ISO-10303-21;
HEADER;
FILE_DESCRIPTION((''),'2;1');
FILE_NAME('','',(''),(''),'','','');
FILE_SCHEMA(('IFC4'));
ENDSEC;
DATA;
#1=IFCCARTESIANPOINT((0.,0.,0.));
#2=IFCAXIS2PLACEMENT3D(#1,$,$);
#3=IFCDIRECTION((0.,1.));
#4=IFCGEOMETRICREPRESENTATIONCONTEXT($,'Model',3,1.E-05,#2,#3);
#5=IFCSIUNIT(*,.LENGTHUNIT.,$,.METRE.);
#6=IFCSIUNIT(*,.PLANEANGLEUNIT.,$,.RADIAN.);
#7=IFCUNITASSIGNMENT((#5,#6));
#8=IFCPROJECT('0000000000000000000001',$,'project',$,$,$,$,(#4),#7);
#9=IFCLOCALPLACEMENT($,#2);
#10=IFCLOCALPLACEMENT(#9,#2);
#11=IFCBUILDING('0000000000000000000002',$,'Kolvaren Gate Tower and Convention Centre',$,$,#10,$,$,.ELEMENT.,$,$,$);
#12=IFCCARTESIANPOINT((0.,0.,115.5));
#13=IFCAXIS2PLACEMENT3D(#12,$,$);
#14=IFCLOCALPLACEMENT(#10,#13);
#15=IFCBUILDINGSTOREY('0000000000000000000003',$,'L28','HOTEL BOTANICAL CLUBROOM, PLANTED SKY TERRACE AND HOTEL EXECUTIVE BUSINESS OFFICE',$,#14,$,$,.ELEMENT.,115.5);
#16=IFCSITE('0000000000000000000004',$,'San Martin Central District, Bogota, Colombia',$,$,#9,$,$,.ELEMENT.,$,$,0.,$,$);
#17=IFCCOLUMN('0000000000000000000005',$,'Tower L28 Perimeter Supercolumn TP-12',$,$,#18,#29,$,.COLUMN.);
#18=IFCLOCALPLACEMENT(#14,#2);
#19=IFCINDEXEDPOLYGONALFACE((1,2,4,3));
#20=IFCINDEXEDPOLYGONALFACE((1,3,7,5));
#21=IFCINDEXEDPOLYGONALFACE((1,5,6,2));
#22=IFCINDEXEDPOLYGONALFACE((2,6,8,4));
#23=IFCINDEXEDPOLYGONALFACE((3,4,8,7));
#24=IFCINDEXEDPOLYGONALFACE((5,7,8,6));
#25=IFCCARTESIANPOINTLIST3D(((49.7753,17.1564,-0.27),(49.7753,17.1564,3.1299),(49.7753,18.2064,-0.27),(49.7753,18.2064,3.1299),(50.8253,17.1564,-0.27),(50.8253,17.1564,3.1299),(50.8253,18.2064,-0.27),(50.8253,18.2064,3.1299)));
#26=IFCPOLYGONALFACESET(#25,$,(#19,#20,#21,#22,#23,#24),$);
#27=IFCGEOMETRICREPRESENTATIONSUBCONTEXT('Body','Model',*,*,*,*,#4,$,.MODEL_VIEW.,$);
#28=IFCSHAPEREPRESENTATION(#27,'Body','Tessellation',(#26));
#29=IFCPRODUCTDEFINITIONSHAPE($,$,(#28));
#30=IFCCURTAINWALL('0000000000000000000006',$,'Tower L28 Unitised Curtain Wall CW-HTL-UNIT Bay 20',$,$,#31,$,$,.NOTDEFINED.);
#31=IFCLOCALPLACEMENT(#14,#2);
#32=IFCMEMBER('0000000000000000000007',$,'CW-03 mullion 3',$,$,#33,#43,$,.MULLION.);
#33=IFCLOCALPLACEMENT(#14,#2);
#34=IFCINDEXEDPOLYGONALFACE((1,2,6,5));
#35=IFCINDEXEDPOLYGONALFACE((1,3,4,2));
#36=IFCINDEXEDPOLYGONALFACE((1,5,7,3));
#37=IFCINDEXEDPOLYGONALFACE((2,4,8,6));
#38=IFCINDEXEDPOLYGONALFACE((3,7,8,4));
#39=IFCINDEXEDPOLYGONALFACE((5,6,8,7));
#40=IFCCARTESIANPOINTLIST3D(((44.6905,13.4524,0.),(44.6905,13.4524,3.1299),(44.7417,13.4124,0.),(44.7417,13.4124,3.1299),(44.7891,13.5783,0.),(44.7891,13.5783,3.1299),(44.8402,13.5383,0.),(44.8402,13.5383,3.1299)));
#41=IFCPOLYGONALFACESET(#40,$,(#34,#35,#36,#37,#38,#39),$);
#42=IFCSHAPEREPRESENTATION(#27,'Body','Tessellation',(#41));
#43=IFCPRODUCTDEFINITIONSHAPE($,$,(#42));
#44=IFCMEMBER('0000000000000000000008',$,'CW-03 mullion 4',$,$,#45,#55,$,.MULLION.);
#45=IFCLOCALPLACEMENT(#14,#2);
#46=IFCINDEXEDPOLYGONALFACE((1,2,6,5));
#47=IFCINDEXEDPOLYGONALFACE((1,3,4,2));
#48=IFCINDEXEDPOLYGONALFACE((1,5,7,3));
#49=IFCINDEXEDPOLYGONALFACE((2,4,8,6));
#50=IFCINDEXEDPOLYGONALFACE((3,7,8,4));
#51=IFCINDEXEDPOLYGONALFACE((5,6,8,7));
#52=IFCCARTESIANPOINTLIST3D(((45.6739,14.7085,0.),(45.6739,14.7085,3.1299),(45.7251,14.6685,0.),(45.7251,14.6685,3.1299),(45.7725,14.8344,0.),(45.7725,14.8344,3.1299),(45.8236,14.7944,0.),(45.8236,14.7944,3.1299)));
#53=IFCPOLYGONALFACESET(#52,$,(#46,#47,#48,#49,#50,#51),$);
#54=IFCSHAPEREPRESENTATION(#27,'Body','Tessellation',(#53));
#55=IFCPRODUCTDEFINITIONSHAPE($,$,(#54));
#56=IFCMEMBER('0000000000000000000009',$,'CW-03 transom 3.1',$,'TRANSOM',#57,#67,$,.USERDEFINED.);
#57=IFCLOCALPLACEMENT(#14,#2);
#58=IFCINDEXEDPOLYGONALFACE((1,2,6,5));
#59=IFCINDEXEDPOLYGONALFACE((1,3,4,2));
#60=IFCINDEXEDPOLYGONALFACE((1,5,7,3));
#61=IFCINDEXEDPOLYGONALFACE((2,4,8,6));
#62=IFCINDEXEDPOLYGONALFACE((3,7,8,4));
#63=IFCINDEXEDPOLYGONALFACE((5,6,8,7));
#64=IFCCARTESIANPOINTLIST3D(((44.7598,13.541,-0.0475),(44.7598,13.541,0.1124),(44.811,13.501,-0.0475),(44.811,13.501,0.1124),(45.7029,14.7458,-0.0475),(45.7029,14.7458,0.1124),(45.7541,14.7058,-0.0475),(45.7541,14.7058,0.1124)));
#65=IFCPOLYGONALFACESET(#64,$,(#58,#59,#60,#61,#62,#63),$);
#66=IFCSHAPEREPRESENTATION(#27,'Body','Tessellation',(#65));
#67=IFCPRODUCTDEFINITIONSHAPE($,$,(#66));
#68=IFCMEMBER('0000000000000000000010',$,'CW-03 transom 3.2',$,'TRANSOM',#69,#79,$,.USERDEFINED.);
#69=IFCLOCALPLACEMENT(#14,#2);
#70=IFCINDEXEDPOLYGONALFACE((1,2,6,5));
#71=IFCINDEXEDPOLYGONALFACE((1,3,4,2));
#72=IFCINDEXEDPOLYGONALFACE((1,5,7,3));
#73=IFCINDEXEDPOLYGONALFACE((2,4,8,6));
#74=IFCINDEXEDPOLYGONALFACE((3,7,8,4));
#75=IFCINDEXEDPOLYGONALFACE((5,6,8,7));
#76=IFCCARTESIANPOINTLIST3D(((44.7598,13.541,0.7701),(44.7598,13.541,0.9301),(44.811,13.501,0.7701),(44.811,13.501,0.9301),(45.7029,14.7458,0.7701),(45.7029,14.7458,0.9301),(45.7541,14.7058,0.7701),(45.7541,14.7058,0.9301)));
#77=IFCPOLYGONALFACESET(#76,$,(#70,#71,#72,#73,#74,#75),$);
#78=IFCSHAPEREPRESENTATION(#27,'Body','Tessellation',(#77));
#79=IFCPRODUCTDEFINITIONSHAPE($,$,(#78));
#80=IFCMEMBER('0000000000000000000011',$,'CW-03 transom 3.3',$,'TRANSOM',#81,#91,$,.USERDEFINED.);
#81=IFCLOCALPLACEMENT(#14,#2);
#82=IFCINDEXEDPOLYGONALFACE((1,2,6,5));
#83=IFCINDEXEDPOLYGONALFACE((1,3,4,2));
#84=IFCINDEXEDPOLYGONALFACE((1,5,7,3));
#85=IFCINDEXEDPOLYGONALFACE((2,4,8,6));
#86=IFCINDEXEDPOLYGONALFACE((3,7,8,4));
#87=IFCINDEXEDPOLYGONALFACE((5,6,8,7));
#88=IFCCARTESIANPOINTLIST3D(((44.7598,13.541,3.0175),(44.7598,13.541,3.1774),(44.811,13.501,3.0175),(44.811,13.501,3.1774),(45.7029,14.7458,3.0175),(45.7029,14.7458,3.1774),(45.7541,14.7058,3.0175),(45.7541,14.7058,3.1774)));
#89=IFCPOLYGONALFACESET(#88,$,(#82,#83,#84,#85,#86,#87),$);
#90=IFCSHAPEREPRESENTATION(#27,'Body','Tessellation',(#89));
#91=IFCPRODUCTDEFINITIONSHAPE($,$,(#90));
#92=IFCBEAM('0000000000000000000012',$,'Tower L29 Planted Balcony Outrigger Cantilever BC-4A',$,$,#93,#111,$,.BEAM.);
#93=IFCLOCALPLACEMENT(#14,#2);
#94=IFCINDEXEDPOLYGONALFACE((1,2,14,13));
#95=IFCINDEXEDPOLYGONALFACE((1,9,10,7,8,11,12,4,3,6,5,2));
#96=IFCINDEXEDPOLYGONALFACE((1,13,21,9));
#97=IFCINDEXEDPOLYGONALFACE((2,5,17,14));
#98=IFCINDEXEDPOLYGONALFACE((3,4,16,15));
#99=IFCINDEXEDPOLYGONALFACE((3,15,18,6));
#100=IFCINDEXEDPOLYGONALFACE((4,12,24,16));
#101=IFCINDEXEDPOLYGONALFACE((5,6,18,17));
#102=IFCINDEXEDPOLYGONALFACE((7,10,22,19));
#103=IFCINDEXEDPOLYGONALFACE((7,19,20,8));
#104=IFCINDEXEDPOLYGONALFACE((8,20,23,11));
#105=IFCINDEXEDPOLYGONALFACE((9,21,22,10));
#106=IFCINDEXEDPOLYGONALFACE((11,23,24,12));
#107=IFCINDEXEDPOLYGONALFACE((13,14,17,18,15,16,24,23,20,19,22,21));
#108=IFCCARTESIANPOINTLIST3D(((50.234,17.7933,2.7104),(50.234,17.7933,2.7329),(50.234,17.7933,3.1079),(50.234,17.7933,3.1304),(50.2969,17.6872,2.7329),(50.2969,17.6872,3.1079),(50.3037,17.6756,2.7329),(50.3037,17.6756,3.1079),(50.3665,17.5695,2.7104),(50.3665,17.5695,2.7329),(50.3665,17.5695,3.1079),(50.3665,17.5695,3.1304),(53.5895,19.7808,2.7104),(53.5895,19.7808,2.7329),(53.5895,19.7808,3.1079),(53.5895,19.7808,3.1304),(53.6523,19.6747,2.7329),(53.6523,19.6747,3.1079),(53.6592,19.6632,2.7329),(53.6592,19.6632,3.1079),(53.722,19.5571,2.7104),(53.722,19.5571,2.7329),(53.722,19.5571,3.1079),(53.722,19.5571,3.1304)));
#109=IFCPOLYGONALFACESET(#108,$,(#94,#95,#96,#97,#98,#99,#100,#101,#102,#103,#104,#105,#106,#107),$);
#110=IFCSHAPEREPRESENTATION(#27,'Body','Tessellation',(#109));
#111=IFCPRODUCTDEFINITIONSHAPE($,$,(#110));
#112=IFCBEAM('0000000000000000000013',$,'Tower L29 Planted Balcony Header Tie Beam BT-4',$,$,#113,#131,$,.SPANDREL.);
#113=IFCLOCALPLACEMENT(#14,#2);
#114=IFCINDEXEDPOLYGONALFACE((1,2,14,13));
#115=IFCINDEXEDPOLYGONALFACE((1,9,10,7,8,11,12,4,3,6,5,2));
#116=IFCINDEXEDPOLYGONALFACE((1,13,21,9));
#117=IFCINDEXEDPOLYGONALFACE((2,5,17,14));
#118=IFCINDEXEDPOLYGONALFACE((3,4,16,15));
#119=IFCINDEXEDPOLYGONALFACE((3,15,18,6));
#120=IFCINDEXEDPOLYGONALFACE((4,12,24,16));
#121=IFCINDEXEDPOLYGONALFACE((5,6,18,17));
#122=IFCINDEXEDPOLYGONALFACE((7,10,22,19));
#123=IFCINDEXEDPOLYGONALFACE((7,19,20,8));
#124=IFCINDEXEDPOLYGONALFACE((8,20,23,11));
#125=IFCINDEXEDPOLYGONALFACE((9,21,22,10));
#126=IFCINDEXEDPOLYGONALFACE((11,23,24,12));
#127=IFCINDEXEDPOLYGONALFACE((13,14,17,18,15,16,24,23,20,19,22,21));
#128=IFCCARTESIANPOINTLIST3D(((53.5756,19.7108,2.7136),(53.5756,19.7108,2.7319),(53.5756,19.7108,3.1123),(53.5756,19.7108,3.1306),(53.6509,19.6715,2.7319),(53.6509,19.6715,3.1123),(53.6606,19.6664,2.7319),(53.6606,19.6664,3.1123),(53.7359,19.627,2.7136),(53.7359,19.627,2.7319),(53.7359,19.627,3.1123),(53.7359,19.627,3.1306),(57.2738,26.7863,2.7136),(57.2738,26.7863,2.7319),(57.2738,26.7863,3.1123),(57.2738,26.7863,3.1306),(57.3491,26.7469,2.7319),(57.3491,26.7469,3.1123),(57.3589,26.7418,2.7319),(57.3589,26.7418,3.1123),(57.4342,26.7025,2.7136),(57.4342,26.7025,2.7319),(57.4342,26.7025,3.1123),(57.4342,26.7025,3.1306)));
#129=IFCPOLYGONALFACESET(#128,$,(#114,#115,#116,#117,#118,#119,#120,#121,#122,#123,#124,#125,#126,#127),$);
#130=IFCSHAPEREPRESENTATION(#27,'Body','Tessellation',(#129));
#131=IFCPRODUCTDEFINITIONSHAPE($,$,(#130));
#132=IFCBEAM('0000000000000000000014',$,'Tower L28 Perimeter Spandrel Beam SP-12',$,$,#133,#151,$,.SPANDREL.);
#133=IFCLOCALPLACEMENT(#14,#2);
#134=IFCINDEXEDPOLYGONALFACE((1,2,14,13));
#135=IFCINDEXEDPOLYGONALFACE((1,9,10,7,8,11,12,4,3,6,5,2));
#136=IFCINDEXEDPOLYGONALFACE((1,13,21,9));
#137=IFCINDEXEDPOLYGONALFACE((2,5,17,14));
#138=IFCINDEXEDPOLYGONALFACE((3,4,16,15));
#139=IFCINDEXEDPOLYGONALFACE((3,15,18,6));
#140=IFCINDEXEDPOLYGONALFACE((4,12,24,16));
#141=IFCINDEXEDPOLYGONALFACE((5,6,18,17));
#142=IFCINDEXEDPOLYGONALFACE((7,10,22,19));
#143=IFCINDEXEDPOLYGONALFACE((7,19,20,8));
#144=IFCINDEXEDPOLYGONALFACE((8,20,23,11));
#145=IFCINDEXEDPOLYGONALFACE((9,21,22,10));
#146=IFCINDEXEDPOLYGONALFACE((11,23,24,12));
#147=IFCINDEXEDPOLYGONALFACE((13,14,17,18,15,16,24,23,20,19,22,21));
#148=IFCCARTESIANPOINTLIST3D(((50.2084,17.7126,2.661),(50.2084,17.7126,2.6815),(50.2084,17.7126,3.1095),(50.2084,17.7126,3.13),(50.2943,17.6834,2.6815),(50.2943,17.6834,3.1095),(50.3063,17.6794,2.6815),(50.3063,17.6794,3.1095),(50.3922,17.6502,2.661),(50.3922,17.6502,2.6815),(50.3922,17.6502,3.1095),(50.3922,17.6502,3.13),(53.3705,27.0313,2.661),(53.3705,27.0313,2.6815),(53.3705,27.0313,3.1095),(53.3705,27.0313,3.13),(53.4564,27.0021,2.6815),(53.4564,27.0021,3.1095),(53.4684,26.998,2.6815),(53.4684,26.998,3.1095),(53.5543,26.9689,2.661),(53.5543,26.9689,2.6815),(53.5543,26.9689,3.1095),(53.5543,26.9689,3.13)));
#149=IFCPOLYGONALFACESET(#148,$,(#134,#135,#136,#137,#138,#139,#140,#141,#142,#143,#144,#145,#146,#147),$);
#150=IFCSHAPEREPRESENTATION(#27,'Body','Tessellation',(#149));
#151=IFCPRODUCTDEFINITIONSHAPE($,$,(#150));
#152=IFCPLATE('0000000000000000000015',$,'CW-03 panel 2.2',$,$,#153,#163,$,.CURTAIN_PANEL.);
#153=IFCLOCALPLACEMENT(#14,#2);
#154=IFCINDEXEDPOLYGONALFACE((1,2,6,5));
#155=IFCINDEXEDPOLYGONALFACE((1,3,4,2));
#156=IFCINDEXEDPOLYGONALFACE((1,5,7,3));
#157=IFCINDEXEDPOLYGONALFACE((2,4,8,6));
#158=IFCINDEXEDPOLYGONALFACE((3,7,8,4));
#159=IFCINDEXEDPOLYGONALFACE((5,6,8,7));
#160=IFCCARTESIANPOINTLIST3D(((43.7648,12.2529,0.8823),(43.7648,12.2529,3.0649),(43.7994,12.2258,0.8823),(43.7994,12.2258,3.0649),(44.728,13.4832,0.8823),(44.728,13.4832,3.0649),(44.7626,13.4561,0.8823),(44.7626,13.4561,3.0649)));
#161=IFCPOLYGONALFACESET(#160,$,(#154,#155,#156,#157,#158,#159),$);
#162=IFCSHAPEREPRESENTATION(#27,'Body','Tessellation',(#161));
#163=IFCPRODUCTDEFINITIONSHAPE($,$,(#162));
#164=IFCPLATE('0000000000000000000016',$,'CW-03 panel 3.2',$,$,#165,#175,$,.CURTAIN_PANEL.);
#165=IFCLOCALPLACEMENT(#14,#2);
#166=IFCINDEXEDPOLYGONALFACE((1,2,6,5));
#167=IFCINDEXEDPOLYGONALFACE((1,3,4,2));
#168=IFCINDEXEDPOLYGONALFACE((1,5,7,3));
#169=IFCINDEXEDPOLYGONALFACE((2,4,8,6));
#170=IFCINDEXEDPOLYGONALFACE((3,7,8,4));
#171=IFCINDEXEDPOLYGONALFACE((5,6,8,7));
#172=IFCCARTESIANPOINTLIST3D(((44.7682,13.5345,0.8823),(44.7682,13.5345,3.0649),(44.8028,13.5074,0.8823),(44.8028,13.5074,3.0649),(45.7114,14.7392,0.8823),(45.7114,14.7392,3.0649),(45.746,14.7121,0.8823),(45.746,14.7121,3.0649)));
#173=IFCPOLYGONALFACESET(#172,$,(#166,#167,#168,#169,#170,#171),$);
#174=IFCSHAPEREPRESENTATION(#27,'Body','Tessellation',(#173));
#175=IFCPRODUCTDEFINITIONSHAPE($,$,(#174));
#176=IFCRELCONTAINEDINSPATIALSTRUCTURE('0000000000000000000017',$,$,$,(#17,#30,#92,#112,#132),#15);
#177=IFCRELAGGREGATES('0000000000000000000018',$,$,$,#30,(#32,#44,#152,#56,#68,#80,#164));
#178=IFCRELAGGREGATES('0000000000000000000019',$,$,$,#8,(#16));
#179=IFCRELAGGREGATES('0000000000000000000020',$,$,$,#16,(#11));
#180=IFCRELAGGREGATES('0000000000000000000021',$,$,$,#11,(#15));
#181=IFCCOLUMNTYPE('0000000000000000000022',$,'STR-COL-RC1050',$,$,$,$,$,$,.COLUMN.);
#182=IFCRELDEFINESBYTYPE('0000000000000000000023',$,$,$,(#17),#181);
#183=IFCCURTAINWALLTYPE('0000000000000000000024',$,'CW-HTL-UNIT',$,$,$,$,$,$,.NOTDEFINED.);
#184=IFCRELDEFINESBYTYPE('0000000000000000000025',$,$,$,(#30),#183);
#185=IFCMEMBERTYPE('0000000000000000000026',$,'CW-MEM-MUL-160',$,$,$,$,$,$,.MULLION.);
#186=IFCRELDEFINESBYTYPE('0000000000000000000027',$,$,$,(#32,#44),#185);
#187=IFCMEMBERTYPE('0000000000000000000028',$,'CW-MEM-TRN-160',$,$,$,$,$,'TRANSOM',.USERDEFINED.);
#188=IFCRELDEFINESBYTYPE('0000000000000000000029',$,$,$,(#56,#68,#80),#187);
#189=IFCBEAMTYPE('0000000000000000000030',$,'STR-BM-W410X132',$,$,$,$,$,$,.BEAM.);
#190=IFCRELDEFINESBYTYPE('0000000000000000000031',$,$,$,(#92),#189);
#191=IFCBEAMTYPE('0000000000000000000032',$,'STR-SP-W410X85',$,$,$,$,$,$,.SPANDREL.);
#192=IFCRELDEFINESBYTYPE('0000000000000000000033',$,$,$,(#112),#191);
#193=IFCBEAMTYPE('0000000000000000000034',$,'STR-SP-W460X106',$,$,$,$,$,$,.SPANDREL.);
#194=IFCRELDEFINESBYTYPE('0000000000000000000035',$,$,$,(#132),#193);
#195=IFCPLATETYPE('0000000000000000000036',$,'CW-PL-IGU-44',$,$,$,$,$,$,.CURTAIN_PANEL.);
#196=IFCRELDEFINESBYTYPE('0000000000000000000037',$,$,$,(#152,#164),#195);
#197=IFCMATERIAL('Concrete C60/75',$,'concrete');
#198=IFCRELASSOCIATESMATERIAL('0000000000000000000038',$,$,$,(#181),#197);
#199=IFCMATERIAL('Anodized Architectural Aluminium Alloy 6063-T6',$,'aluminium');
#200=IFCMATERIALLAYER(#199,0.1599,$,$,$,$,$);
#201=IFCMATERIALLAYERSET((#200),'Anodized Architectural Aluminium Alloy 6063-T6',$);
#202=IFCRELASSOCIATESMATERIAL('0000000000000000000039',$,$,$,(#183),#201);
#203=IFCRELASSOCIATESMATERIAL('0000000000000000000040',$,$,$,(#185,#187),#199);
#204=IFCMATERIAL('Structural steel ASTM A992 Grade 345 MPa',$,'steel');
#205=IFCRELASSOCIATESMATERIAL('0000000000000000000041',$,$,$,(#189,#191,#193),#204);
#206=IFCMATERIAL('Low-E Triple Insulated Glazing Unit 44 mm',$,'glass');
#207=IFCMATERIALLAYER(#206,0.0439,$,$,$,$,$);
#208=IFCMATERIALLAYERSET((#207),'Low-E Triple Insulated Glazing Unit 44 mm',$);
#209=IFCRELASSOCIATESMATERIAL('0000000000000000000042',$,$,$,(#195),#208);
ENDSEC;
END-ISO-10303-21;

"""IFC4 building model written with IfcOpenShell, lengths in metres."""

from ifc_helpers import new_model, si_unit, direction, frame, origin, origin_2d, place, context, subcontext, project, spatial, rectangle, i_section, extrude, material, layer, layer_set, material_profile, profile_set, type_object, element, aggregate, save


model = new_model("IFC4")

# Units and contexts
model_context = context("Model", 3, precision=1e-05, world=origin(), true_north=direction((0.0, 1.0)))
body_context = subcontext(model_context, "Body", "Model", "MODEL_VIEW")
ifc_project = project(units=[si_unit("LENGTHUNIT", "METRE"), si_unit("PLANEANGLEUNIT", "RADIAN")], contexts=[model_context])

# Site, building, storey
site_placement = place(None, origin())
site = spatial("IfcSite", under=ifc_project, at=site_placement, Name="San Martin Central District, Bogota, Colombia", CompositionType="ELEMENT", RefElevation=0.0)
building_placement = place(site_placement, origin())
building = spatial("IfcBuilding", under=site, at=building_placement, Name="Kolvaren Gate Tower and Convention Centre", CompositionType="ELEMENT")
storey_placement = place(building_placement, frame((0.0, 0.0, 115.5)))
storey = spatial("IfcBuildingStorey", under=building, at=storey_placement, Name="L28", Description="HOTEL BOTANICAL CLUBROOM, PLANTED SKY TERRACE AND HOTEL EXECUTIVE BUSINESS OFFICE", CompositionType="ELEMENT", Elevation=115.5)

# Column
ifc_material_1 = material(Name="Concrete C60/75", Category="concrete")
ifc_material_profile_1 = material_profile(ifc_material_1, rectangle(XDim=1.05, YDim=1.05, at=origin_2d()), Name="RC-COL-1050X1050")
ifc_profile_set_1 = profile_set([ifc_material_profile_1], Name="Concrete C60/75")
column_type = type_object("IfcColumnType", Name="STR-COL-RC1050", PredefinedType="COLUMN", material=ifc_profile_set_1)
column_placement = place(storey_placement, frame((50.3003, 17.6814, -0.27), z_axis=(0.0, 0.0, 1.0), x_axis=(1.0, 0.0, 0.0)))
element("IfcColumn", 1, at=column_placement, inside=storey, type_object=column_type, Name="Tower L28 Perimeter Supercolumn TP-12", PredefinedType="COLUMN", context=body_context, shape_type="SweptSolid", body=[
    extrude(rectangle(XDim=1.05, YDim=1.05, at=origin_2d()), origin(), (0.0, 0.0, 1.0), 3.3999),
])

# Curtain wall, members
ifc_material_2 = material(Name="Anodized Architectural Aluminium Alloy 6063-T6", Category="aluminium")
ifc_layer_1 = layer(ifc_material_2, 0.1599)
ifc_layer_set_1 = layer_set([ifc_layer_1], Name="Anodized Architectural Aluminium Alloy 6063-T6")
curtain_wall_type = type_object("IfcCurtainWallType", Name="CW-HTL-UNIT", PredefinedType="NOTDEFINED", material=ifc_layer_set_1)
curtain_wall_placement = place(storey_placement, origin())
curtain_wall = element("IfcCurtainWall", 2, at=curtain_wall_placement, inside=storey, type_object=curtain_wall_type, Name="Tower L28 Unitised Curtain Wall CW-HTL-UNIT Bay 20", PredefinedType="NOTDEFINED")
ifc_material_profile_2 = material_profile(ifc_material_2, rectangle(XDim=0.0649, YDim=0.1599, at=origin_2d()), Name="CW-MEM-MUL-160")
ifc_profile_set_2 = profile_set([ifc_material_profile_2], Name="Anodized Architectural Aluminium Alloy 6063-T6")
member_type_1 = type_object("IfcMemberType", Name="CW-MEM-MUL-160", PredefinedType="MULLION", material=ifc_profile_set_2)
member_1_placement = place(storey_placement, frame((44.7654, 13.4954, 0.0), z_axis=(0.0, 0.0, 1.0), x_axis=(-0.787413, 0.616426, 0.0)))
member_1 = element("IfcMember", 3, at=member_1_placement, type_object=member_type_1, Name="CW-03 mullion 3", PredefinedType="MULLION", context=body_context, shape_type="SweptSolid", body=[
    extrude(rectangle(XDim=0.0649, YDim=0.1599, at=origin_2d()), origin(), (0.0, 0.0, 1.0), 3.1299),
])
member_2_placement = place(storey_placement, frame((45.7488, 14.7515, 0.0), z_axis=(0.0, 0.0, 1.0), x_axis=(-0.787413, 0.616426, 0.0)))
member_2 = element("IfcMember", 4, at=member_2_placement, type_object=member_type_1, Name="CW-03 mullion 4", PredefinedType="MULLION", context=body_context, shape_type="SweptSolid", body=[
    extrude(rectangle(XDim=0.0649, YDim=0.1599, at=origin_2d()), origin(), (0.0, 0.0, 1.0), 3.1299),
])
ifc_material_profile_3 = material_profile(ifc_material_2, rectangle(XDim=0.0649, YDim=0.1599, at=origin_2d()), Name="CW-MEM-TRN-160")
ifc_profile_set_3 = profile_set([ifc_material_profile_3], Name="Anodized Architectural Aluminium Alloy 6063-T6")
member_type_2 = type_object("IfcMemberType", Name="CW-MEM-TRN-160", ElementType="TRANSOM", PredefinedType="USERDEFINED", material=ifc_profile_set_3)
member_3_placement = place(storey_placement, frame((44.7854, 13.521, 0.0325), z_axis=(0.61639, 0.787441, 0.0), x_axis=(-0.787441, 0.61639, 0.0)))
member_3 = element("IfcMember", 5, at=member_3_placement, type_object=member_type_2, Name="CW-03 transom 3.1", ObjectType="TRANSOM", PredefinedType="USERDEFINED", context=body_context, shape_type="SweptSolid", body=[
    extrude(rectangle(XDim=0.0649, YDim=0.1599, at=origin_2d()), origin(), (0.0, 0.0, 1.0), 1.53),
])
member_4_placement = place(storey_placement, frame((44.7854, 13.521, 0.8501), z_axis=(0.61639, 0.787441, 0.0), x_axis=(-0.787441, 0.61639, 0.0)))
member_4 = element("IfcMember", 6, at=member_4_placement, type_object=member_type_2, Name="CW-03 transom 3.2", ObjectType="TRANSOM", PredefinedType="USERDEFINED", context=body_context, shape_type="SweptSolid", body=[
    extrude(rectangle(XDim=0.0649, YDim=0.1599, at=origin_2d()), origin(), (0.0, 0.0, 1.0), 1.53),
])
member_5_placement = place(storey_placement, frame((44.7854, 13.521, 3.0974), z_axis=(0.61639, 0.787441, 0.0), x_axis=(-0.787441, 0.61639, 0.0)))
member_5 = element("IfcMember", 7, at=member_5_placement, type_object=member_type_2, Name="CW-03 transom 3.3", ObjectType="TRANSOM", PredefinedType="USERDEFINED", context=body_context, shape_type="SweptSolid", body=[
    extrude(rectangle(XDim=0.0649, YDim=0.1599, at=origin_2d()), origin(), (0.0, 0.0, 1.0), 1.53),
])

# Beams
ifc_material_3 = material(Name="Structural steel ASTM A992 Grade 345 MPa", Category="steel")
ifc_material_profile_4 = material_profile(ifc_material_3, i_section(OverallWidth=0.26, OverallDepth=0.4199, WebThickness=0.0134, FlangeThickness=0.0225, at=origin_2d()), Name="W410X132")
ifc_profile_set_4 = profile_set([ifc_material_profile_4], Name="Structural steel ASTM A992 Grade 345 MPa")
beam_type_1 = type_object("IfcBeamType", Name="STR-BM-W410X132", PredefinedType="BEAM", material=ifc_profile_set_4)
beam_1_placement = place(storey_placement, frame((50.3003, 17.6814, 2.9204), z_axis=(0.86039, 0.509636, 0.0), x_axis=(-0.509636, 0.86039, 0.0)))
element("IfcBeam", 8, at=beam_1_placement, inside=storey, type_object=beam_type_1, Name="Tower L29 Planted Balcony Outrigger Cantilever BC-4A", PredefinedType="BEAM", context=body_context, shape_type="SweptSolid", body=[
    extrude(i_section(OverallWidth=0.26, OverallDepth=0.4199, WebThickness=0.0134, FlangeThickness=0.0225, at=origin_2d()), origin(), (0.0, 0.0, 1.0), 3.8999),
])
ifc_material_profile_5 = material_profile(ifc_material_3, i_section(OverallWidth=0.1809, OverallDepth=0.417, WebThickness=0.011, FlangeThickness=0.0183, at=origin_2d()), Name="W410X85")
ifc_profile_set_5 = profile_set([ifc_material_profile_5], Name="Structural steel ASTM A992 Grade 345 MPa")
beam_type_2 = type_object("IfcBeamType", Name="STR-SP-W410X85", PredefinedType="SPANDREL", material=ifc_profile_set_5)
beam_2_placement = place(storey_placement, frame((53.6558, 19.6689, 2.9221), z_axis=(0.463226, 0.88624, 0.0), x_axis=(-0.88624, 0.463226, 0.0)))
element("IfcBeam", 9, at=beam_2_placement, inside=storey, type_object=beam_type_2, Name="Tower L29 Planted Balcony Header Tie Beam BT-4", PredefinedType="SPANDREL", context=body_context, shape_type="SweptSolid", body=[
    extrude(i_section(OverallWidth=0.1809, OverallDepth=0.417, WebThickness=0.011, FlangeThickness=0.0183, at=origin_2d()), origin(), (0.0, 0.0, 1.0), 7.9836),
])
ifc_material_profile_6 = material_profile(ifc_material_3, i_section(OverallWidth=0.1941, OverallDepth=0.469, WebThickness=0.0127, FlangeThickness=0.0205, at=origin_2d()), Name="W460X106")
ifc_profile_set_6 = profile_set([ifc_material_profile_6], Name="Structural steel ASTM A992 Grade 345 MPa")
beam_type_3 = type_object("IfcBeamType", Name="STR-SP-W460X106", PredefinedType="SPANDREL", material=ifc_profile_set_6)
beam_3_placement = place(storey_placement, frame((50.3003, 17.6814, 2.8955), z_axis=(0.321336, 0.946965, 0.0), x_axis=(-0.946965, 0.321336, 0.0)))
element("IfcBeam", 10, at=beam_3_placement, inside=storey, type_object=beam_type_3, Name="Tower L28 Perimeter Spandrel Beam SP-12", PredefinedType="SPANDREL", context=body_context, shape_type="SweptSolid", body=[
    extrude(i_section(OverallWidth=0.1941, OverallDepth=0.469, WebThickness=0.0127, FlangeThickness=0.0205, at=origin_2d()), origin(), (0.0, 0.0, 1.0), 9.8406),
])

# Plates
ifc_material_4 = material(Name="Low-E Triple Insulated Glazing Unit 44 mm", Category="glass")
ifc_layer_2 = layer(ifc_material_4, 0.0439)
ifc_layer_set_2 = layer_set([ifc_layer_2], Name="Low-E Triple Insulated Glazing Unit 44 mm")
plate_type_1 = type_object("IfcPlateType", Name="CW-PL-IGU-44", PredefinedType="CURTAIN_PANEL", material=ifc_layer_set_2)
plate_1_placement = place(storey_placement, frame((44.2637, 12.8545, 0.8823), z_axis=(0.0, 0.0, 1.0), x_axis=(0.616426, 0.787413, 0.0)))
plate_1 = element("IfcPlate", 11, at=plate_1_placement, type_object=plate_type_1, Name="CW-03 panel 2.2", PredefinedType="CURTAIN_PANEL", context=body_context, shape_type="SweptSolid", body=[
    extrude(rectangle(XDim=1.5625, YDim=0.0439, at=origin_2d()), origin(), (0.0, 0.0, 1.0), 2.1826),
])
plate_2_placement = place(storey_placement, frame((45.2571, 14.1233, 0.8823), z_axis=(0.0, 0.0, 1.0), x_axis=(0.616426, 0.787413, 0.0)))
plate_2 = element("IfcPlate", 12, at=plate_2_placement, type_object=plate_type_1, Name="CW-03 panel 3.2", PredefinedType="CURTAIN_PANEL", context=body_context, shape_type="SweptSolid", body=[
    extrude(rectangle(XDim=1.53, YDim=0.0439, at=origin_2d()), origin(), (0.0, 0.0, 1.0), 2.1826),
])
aggregate(curtain_wall, [member_1, member_2, plate_1, member_3, member_4, member_5, plate_2])

save(model, "model.ifc")
